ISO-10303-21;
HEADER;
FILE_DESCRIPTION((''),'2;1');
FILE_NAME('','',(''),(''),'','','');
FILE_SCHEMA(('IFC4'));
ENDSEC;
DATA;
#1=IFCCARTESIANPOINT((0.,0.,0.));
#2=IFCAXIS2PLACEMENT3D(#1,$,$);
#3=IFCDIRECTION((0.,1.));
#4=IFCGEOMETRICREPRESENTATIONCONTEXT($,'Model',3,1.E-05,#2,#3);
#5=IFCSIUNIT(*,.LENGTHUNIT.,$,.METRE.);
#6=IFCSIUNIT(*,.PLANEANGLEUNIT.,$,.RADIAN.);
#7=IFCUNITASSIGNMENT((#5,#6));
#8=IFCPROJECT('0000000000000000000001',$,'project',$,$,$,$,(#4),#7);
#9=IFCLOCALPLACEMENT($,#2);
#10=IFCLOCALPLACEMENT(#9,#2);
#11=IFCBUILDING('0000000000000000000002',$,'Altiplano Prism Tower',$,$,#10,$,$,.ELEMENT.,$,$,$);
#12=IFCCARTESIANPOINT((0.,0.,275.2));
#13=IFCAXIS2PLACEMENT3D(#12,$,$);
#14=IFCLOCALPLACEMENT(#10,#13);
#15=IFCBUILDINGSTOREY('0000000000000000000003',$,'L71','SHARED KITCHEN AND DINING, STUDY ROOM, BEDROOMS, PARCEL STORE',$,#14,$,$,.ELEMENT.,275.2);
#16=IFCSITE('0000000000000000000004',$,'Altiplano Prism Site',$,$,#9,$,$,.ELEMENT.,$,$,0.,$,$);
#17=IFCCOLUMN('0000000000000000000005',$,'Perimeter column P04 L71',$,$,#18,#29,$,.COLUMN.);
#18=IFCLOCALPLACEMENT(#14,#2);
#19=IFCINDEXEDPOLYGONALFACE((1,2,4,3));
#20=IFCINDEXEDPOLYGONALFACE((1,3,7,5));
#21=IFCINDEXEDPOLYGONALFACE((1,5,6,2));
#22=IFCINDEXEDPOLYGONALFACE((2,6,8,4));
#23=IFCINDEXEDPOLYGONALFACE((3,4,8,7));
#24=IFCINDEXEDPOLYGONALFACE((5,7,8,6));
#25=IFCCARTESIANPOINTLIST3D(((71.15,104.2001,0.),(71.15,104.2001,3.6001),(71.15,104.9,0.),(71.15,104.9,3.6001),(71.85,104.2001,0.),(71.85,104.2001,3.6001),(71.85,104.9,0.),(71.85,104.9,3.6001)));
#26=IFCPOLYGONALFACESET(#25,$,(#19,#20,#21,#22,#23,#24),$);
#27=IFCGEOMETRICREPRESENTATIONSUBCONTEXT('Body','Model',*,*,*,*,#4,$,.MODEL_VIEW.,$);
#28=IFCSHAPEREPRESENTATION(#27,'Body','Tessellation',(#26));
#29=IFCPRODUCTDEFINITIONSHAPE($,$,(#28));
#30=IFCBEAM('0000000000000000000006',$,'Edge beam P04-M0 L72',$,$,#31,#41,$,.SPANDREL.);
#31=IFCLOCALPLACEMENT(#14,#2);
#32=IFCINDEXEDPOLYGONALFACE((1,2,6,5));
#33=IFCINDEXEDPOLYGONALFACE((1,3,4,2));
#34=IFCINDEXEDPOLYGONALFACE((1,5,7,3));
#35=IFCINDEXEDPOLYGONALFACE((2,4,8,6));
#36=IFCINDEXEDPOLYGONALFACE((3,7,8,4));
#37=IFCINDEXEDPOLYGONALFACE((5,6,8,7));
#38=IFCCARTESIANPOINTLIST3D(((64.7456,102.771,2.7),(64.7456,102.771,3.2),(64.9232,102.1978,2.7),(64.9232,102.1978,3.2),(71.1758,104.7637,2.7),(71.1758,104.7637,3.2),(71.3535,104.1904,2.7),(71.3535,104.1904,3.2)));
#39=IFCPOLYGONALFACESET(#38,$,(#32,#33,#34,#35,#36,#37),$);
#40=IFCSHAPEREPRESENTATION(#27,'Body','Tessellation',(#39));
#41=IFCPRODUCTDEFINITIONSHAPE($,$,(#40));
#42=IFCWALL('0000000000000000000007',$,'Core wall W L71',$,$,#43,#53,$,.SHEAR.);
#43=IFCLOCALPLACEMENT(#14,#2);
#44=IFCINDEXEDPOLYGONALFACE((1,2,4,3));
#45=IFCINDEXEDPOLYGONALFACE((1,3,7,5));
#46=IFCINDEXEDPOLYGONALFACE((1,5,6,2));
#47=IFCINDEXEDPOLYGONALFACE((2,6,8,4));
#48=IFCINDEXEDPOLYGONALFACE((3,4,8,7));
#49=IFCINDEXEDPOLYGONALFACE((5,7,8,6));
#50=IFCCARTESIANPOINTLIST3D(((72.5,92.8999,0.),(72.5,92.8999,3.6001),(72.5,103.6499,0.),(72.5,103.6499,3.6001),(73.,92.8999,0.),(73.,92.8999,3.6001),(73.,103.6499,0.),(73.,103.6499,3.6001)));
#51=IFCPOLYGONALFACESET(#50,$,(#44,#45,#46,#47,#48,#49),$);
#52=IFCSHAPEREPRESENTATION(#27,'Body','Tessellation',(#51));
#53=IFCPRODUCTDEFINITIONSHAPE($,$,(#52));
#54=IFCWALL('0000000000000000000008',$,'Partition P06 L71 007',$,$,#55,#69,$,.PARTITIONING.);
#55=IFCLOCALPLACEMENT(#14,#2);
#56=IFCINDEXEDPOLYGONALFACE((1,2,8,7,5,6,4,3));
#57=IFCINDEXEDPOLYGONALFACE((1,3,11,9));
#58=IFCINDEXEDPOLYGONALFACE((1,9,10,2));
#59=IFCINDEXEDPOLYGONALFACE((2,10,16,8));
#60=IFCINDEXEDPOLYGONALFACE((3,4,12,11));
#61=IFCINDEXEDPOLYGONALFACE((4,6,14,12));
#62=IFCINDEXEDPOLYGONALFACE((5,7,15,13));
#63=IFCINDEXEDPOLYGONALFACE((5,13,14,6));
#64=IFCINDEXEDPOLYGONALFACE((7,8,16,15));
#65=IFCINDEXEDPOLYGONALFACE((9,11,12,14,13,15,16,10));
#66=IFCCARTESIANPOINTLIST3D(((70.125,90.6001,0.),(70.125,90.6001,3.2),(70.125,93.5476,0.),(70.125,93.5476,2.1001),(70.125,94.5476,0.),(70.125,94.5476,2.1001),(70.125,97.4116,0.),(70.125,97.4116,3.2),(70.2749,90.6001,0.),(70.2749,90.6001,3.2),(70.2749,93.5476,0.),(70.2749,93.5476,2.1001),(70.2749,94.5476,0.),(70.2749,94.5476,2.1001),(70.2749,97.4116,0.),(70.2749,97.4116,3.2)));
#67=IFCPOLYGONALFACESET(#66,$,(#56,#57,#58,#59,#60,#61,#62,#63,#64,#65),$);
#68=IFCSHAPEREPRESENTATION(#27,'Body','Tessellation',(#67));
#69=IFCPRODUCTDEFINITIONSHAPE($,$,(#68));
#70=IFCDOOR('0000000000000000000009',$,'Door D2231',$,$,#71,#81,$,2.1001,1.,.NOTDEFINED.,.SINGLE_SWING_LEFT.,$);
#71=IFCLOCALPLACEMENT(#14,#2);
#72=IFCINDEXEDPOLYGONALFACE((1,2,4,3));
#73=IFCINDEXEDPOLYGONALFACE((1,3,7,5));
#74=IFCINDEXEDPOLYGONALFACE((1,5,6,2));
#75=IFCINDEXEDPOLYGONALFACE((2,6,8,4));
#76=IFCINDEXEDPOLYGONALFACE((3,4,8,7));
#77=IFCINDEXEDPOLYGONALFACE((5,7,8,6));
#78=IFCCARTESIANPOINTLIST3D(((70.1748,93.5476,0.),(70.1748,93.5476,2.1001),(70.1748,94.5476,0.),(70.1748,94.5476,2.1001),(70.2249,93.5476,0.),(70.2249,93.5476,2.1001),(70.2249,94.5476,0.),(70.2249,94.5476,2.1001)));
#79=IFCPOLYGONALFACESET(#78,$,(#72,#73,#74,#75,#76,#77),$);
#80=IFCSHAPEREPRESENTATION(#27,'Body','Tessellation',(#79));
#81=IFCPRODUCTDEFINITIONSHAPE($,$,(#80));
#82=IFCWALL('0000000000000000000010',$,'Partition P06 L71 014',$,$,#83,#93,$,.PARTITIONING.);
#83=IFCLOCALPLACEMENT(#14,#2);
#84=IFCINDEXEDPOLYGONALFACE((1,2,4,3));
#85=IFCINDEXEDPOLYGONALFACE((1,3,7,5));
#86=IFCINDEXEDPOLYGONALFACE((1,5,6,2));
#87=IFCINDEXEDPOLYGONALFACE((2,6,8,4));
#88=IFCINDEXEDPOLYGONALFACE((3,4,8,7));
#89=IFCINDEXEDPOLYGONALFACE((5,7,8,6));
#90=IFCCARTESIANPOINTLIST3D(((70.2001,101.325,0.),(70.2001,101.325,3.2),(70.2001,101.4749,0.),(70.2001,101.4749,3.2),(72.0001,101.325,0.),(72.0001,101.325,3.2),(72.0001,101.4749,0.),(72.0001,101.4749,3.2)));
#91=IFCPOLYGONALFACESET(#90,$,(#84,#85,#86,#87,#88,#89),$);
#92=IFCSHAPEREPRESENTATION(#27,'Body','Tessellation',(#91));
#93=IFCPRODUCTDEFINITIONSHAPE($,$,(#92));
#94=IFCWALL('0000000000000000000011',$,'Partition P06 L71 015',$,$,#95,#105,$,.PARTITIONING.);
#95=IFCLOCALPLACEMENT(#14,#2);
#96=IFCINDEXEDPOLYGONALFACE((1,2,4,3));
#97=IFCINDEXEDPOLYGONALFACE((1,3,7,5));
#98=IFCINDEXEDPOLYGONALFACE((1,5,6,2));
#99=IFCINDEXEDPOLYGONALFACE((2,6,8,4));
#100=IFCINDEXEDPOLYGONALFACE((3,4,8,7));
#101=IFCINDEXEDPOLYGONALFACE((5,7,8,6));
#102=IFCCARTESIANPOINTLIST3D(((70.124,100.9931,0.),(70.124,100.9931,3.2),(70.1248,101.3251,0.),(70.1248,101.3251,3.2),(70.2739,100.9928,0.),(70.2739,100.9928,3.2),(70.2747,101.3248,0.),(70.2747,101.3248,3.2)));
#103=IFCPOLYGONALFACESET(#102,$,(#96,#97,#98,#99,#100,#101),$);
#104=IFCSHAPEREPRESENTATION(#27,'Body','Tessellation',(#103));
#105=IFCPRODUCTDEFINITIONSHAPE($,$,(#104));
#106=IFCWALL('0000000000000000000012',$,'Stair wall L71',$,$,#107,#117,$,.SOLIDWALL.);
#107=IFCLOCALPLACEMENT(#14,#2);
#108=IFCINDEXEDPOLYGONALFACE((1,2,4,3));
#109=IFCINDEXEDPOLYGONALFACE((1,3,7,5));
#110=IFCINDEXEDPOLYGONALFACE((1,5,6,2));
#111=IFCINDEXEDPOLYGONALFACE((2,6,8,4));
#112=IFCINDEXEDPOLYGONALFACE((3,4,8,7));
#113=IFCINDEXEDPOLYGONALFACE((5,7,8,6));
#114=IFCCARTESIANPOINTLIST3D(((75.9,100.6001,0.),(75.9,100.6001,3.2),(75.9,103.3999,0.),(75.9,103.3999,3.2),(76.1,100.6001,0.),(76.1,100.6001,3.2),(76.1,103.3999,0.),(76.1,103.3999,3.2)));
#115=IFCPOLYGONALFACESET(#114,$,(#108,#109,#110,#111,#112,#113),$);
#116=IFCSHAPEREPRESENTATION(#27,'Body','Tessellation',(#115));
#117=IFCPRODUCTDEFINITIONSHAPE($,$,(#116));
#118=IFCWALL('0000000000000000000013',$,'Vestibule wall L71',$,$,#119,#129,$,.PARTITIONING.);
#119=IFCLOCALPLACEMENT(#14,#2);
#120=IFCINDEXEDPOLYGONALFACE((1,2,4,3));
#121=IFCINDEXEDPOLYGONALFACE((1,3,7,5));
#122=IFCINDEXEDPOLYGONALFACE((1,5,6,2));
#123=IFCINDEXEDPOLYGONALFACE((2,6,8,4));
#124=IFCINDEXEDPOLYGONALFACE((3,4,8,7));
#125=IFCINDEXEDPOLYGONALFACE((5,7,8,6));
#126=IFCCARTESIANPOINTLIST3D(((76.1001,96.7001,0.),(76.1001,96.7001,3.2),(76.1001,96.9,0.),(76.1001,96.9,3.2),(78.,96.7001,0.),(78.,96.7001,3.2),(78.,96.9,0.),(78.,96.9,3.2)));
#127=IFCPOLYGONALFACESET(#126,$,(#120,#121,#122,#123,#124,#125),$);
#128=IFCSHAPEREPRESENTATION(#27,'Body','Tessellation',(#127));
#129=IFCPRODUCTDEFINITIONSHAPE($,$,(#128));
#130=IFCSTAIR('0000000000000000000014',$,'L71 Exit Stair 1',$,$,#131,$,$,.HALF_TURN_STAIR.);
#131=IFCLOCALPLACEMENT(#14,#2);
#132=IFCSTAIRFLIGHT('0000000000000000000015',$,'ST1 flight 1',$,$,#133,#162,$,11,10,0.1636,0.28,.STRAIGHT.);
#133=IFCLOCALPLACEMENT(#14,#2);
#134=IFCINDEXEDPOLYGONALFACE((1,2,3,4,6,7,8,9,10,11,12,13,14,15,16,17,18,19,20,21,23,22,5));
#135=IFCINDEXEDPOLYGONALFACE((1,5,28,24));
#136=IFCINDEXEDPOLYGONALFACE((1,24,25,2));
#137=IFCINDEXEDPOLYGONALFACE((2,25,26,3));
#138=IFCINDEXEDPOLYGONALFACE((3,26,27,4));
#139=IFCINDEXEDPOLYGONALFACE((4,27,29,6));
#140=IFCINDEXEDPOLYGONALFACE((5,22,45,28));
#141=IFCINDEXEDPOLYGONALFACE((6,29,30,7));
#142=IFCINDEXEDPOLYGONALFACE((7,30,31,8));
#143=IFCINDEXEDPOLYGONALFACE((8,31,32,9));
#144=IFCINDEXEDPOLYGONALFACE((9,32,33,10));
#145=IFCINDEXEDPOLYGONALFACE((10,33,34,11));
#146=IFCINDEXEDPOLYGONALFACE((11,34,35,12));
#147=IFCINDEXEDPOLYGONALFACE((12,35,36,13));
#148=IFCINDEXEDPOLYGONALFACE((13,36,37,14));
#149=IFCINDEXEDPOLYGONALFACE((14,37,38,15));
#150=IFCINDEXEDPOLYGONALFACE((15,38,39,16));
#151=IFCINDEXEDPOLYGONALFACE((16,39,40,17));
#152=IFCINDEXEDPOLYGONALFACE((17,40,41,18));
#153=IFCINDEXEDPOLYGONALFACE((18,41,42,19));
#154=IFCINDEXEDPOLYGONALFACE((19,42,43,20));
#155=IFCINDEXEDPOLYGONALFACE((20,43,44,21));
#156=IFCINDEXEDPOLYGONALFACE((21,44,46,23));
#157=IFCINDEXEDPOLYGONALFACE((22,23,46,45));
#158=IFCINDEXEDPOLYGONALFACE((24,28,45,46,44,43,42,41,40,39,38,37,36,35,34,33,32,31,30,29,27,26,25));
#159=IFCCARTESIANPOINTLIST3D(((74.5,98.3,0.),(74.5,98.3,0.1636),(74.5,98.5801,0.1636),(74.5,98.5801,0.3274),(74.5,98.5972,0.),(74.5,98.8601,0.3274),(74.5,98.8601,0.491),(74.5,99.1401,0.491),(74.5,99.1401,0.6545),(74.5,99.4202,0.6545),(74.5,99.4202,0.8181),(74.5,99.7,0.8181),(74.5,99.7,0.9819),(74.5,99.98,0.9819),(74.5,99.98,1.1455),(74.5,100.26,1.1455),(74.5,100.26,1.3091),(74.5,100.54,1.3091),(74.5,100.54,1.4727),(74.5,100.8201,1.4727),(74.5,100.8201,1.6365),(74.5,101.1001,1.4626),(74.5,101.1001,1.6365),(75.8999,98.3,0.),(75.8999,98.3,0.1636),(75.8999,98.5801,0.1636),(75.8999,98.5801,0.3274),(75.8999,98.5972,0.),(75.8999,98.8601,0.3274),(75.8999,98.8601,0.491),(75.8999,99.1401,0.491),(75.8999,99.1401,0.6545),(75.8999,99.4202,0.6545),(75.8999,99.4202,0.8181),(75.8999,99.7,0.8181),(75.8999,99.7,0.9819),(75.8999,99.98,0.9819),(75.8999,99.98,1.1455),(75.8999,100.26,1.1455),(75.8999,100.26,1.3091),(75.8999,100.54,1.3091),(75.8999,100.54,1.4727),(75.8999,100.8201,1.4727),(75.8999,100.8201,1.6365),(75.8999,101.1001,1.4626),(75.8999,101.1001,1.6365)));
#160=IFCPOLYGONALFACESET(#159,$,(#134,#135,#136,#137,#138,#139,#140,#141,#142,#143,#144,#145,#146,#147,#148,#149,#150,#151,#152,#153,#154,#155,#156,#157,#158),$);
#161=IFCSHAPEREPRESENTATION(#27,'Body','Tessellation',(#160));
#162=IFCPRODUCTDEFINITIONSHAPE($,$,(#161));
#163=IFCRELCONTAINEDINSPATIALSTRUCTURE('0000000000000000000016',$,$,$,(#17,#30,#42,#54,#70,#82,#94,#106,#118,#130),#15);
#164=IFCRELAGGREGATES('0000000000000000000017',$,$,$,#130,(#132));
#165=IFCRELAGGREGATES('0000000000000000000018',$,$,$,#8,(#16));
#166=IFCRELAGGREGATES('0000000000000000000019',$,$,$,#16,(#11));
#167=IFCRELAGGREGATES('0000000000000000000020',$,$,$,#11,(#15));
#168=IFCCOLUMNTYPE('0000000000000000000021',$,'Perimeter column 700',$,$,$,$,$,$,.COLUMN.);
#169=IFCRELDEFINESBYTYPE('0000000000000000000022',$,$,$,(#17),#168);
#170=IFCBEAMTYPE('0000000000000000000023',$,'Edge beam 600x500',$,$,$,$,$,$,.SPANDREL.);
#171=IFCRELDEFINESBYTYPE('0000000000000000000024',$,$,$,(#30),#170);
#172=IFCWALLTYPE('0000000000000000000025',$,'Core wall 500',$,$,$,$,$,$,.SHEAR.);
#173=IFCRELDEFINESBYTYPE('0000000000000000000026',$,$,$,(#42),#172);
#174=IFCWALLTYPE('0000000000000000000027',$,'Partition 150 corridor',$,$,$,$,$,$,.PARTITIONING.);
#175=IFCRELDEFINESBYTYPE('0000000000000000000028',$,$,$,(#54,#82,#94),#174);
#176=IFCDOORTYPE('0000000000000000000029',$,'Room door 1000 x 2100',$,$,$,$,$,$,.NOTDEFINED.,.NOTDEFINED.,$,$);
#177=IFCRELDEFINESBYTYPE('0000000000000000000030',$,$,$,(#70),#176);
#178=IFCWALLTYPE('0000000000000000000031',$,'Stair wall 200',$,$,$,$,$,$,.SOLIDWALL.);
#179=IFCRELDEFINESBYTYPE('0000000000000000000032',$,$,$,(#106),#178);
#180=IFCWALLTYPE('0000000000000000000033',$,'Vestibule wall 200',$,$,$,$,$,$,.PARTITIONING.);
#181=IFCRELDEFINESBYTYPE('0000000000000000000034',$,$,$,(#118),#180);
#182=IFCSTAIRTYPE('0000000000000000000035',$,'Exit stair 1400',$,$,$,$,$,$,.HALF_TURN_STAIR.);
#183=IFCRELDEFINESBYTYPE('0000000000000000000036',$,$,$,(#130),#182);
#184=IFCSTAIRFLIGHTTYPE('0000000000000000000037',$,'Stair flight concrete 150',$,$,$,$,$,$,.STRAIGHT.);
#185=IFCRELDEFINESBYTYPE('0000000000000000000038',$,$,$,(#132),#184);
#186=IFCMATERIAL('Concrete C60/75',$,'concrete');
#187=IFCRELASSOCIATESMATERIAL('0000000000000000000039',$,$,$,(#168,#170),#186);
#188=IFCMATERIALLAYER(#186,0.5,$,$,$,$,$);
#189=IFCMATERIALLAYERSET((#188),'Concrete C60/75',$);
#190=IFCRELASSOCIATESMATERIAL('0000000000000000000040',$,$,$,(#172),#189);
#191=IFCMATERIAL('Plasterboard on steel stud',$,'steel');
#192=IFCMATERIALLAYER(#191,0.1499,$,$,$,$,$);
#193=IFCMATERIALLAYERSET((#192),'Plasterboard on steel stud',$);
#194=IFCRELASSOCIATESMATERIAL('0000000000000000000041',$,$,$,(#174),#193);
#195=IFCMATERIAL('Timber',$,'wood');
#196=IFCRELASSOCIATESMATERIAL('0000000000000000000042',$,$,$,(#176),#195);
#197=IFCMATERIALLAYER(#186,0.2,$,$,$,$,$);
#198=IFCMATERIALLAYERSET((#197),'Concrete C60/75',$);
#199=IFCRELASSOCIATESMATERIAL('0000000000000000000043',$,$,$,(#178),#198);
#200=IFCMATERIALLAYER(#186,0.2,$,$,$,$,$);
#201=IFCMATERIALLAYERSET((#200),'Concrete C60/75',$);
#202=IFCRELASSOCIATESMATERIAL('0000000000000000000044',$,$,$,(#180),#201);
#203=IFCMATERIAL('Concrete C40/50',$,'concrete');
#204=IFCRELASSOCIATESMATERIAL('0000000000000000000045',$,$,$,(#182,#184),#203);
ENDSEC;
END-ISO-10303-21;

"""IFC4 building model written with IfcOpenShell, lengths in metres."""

from ifc_helpers import new_model, si_unit, direction, frame, frame_2d, origin, origin_2d, place, context, subcontext, project, spatial, polyline, rectangle, outline, extrude, material, layer, layer_set, material_profile, profile_set, type_object, element, fill, aggregate, save


model = new_model("IFC4")

# Units and contexts
model_context = context("Model", 3, precision=1e-05, world=origin(), true_north=direction((0.0, 1.0)))
body_context = subcontext(model_context, "Body", "Model", "MODEL_VIEW")
ifc_project = project(units=[si_unit("LENGTHUNIT", "METRE"), si_unit("PLANEANGLEUNIT", "RADIAN")], contexts=[model_context])

# Site, building, storey
site_placement = place(None, origin())
site = spatial("IfcSite", under=ifc_project, at=site_placement, Name="Altiplano Prism Site", CompositionType="ELEMENT", RefElevation=0.0)
building_placement = place(site_placement, origin())
building = spatial("IfcBuilding", under=site, at=building_placement, Name="Altiplano Prism Tower", CompositionType="ELEMENT")
storey_placement = place(building_placement, frame((0.0, 0.0, 275.2)))
storey = spatial("IfcBuildingStorey", under=building, at=storey_placement, Name="L71", Description="SHARED KITCHEN AND DINING, STUDY ROOM, BEDROOMS, PARCEL STORE", CompositionType="ELEMENT", Elevation=275.2)

# Column
ifc_material_1 = material(Name="Concrete C60/75", Category="concrete")
ifc_material_profile_1 = material_profile(ifc_material_1, rectangle(XDim=0.7, YDim=0.7, at=origin_2d()), Name="Perimeter column 700")
ifc_profile_set_1 = profile_set([ifc_material_profile_1], Name="Concrete C60/75")
column_type = type_object("IfcColumnType", Name="Perimeter column 700", PredefinedType="COLUMN", material=ifc_profile_set_1)
column_placement = place(storey_placement, frame((71.5, 104.55, 0.0), z_axis=(0.0, 0.0, 1.0), x_axis=(1.0, 0.0, 0.0)))
element("IfcColumn", 1, at=column_placement, inside=storey, type_object=column_type, Name="Perimeter column P04 L71", PredefinedType="COLUMN", context=body_context, shape_type="SweptSolid", body=[
    extrude(rectangle(XDim=0.7, YDim=0.7, at=origin_2d()), origin(), (0.0, 0.0, 1.0), 3.6001),
])

# Beam
ifc_material_profile_2 = material_profile(ifc_material_1, rectangle(XDim=0.6001, YDim=0.5, at=origin_2d()), Name="Edge beam 600x500")
ifc_profile_set_2 = profile_set([ifc_material_profile_2], Name="Concrete C60/75")
beam_type = type_object("IfcBeamType", Name="Edge beam 600x500", PredefinedType="SPANDREL", material=ifc_profile_set_2)
beam_placement = place(storey_placement, frame((71.2646, 104.4771, 2.95), z_axis=(-0.955186, -0.296007, 0.0), x_axis=(0.296007, -0.955186, 0.0)))
element("IfcBeam", 2, at=beam_placement, inside=storey, type_object=beam_type, Name="Edge beam P04-M0 L72", PredefinedType="SPANDREL", context=body_context, shape_type="SweptSolid", body=[
    extrude(rectangle(XDim=0.6001, YDim=0.5, at=origin_2d()), origin(), (0.0, 0.0, 1.0), 6.7319),
])

# Wall
ifc_layer_1 = layer(ifc_material_1, 0.5)
ifc_layer_set_1 = layer_set([ifc_layer_1], Name="Concrete C60/75")
wall_type_1 = type_object("IfcWallType", Name="Core wall 500", PredefinedType="SHEAR", material=ifc_layer_set_1)
wall_1_placement = place(storey_placement, frame((72.75, 103.6499, 0.0), z_axis=(0.0, 0.0, 1.0), x_axis=(0.0, -1.0, 0.0)))
element("IfcWall", 3, at=wall_1_placement, inside=storey, type_object=wall_type_1, Name="Core wall W L71", PredefinedType="SHEAR", context=body_context, shape_type="SweptSolid", body=[
    extrude(rectangle(XDim=10.75, YDim=0.5, at=frame_2d((5.375, 0.0))), origin(), (0.0, 0.0, 1.0), 3.6001),
])

# Wall, opening, door
ifc_material_2 = material(Name="Plasterboard on steel stud", Category="steel")
ifc_layer_2 = layer(ifc_material_2, 0.1499)
ifc_layer_set_2 = layer_set([ifc_layer_2], Name="Plasterboard on steel stud")
wall_type_2 = type_object("IfcWallType", Name="Partition 150 corridor", PredefinedType="PARTITIONING", material=ifc_layer_set_2)
wall_2_placement = place(storey_placement, frame((70.2, 97.4116, 0.0), z_axis=(0.0, 0.0, 1.0), x_axis=(0.0, -1.0, 0.0)))
wall_2 = element("IfcWall", 4, at=wall_2_placement, inside=storey, type_object=wall_type_2, Name="Partition P06 L71 007", PredefinedType="PARTITIONING", context=body_context, shape_type="SweptSolid", body=[
    extrude(rectangle(XDim=6.8115, YDim=0.1499, at=frame_2d((3.4058, 0.0))), origin(), (0.0, 0.0, 1.0), 3.2),
])
opening_1_placement = place(wall_2_placement, frame((2.864, 0.0, 0.0)))
opening_1 = element("IfcOpeningElement", 5, at=opening_1_placement, cuts=wall_2, PredefinedType="OPENING", context=body_context, shape_type="SweptSolid", body=[
    extrude(rectangle(XDim=1.0, YDim=2.1001, at=frame_2d((0.5, 1.05))), frame((0.0, 0.0854, 0.0), z_axis=(0.0, -1.0, 0.0), x_axis=(1.0, 0.0, 0.0)), (0.0, 0.0, 1.0), 0.1709),
])
ifc_material_3 = material(Name="Timber", Category="wood")
door_type_1 = type_object("IfcDoorType", Name="Room door 1000 x 2100", OperationType="NOTDEFINED", PredefinedType="NOTDEFINED", material=ifc_material_3)
door_1_placement = place(opening_1_placement, origin())
door_1 = element("IfcDoor", 6, at=door_1_placement, inside=storey, type_object=door_type_1, Name="Door D2231", OperationType="SINGLE_SWING_LEFT", OverallHeight=2.1001, OverallWidth=1.0, PredefinedType="NOTDEFINED", context=body_context, shape_type="SweptSolid", body=[
    extrude(rectangle(XDim=1.0, YDim=2.1001, at=frame_2d((0.5, 1.05))), frame((0.0, 0.0249, 0.0), z_axis=(0.0, -1.0, 0.0), x_axis=(1.0, 0.0, 0.0)), (0.0, 0.0, 1.0), 0.05),
])
fill(opening_1, door_1)

# Walls
wall_3_placement = place(storey_placement, frame((72.0, 101.3999, 0.0), z_axis=(0.0, 0.0, 1.0), x_axis=(-1.0, 0.0, 0.0)))
element("IfcWall", 7, at=wall_3_placement, inside=storey, type_object=wall_type_2, Name="Partition P06 L71 014", PredefinedType="PARTITIONING", context=body_context, shape_type="SweptSolid", body=[
    extrude(rectangle(XDim=1.8, YDim=0.1499, at=frame_2d((0.8999, 0.0))), origin(), (0.0, 0.0, 1.0), 3.2),
])
wall_4_placement = place(storey_placement, frame((70.1997, 101.325, 0.0), z_axis=(0.0, 0.0, 1.0), x_axis=(-0.002206, -0.999998, 0.0)))
element("IfcWall", 8, at=wall_4_placement, inside=storey, type_object=wall_type_2, Name="Partition P06 L71 015", PredefinedType="PARTITIONING", context=body_context, shape_type="SweptSolid", body=[
    extrude(rectangle(XDim=0.332, YDim=0.1499, at=frame_2d((0.166, 0.0))), origin(), (0.0, 0.0, 1.0), 3.2),
])

# Shared definitions
ifc_layer_3 = layer(ifc_material_1, 0.2)
ifc_layer_set_3 = layer_set([ifc_layer_3], Name="Concrete C60/75")
wall_type_3 = type_object("IfcWallType", Name="Stair wall 200", PredefinedType="SOLIDWALL", material=ifc_layer_set_3)

# Walls
wall_5_placement = place(storey_placement, frame((76.0, 100.6001, 0.0), z_axis=(0.0, 0.0, 1.0), x_axis=(0.0, 1.0, 0.0)))
element("IfcWall", 9, at=wall_5_placement, inside=storey, type_object=wall_type_3, Name="Stair wall L71", PredefinedType="SOLIDWALL", context=body_context, shape_type="SweptSolid", body=[
    extrude(rectangle(XDim=2.7998, YDim=0.2, at=frame_2d((1.3999, 0.0))), origin(), (0.0, 0.0, 1.0), 3.2),
])
ifc_layer_4 = layer(ifc_material_1, 0.2)
ifc_layer_set_4 = layer_set([ifc_layer_4], Name="Concrete C60/75")
wall_type_4 = type_object("IfcWallType", Name="Vestibule wall 200", PredefinedType="PARTITIONING", material=ifc_layer_set_4)
wall_6_placement = place(storey_placement, frame((76.1001, 96.8, 0.0), z_axis=(0.0, 0.0, 1.0), x_axis=(1.0, 0.0, 0.0)))
element("IfcWall", 10, at=wall_6_placement, inside=storey, type_object=wall_type_4, Name="Vestibule wall L71", PredefinedType="PARTITIONING", context=body_context, shape_type="SweptSolid", body=[
    extrude(rectangle(XDim=1.8999, YDim=0.2, at=frame_2d((0.95, 0.0))), origin(), (0.0, 0.0, 1.0), 3.2),
])

# Stair, stair flight
ifc_material_4 = material(Name="Concrete C40/50", Category="concrete")
stair_type = type_object("IfcStairType", Name="Exit stair 1400", PredefinedType="HALF_TURN_STAIR", material=ifc_material_4)
stair_placement = place(storey_placement, origin())
stair = element("IfcStair", 11, at=stair_placement, inside=storey, type_object=stair_type, Name="L71 Exit Stair 1", PredefinedType="HALF_TURN_STAIR")
stair_flight_type = type_object("IfcStairFlightType", Name="Stair flight concrete 150", PredefinedType="STRAIGHT", material=ifc_material_4)
stair_flight_1_placement = place(storey_placement, frame((75.2, 98.3, 0.0), z_axis=(0.0, 0.0, 1.0), x_axis=(0.0, 1.0, 0.0)))
stair_flight_1 = element("IfcStairFlight", 12, at=stair_flight_1_placement, type_object=stair_flight_type, Name="ST1 flight 1", NumberOfRisers=11, NumberOfTreads=10, PredefinedType="STRAIGHT", RiserHeight=0.1636, TreadLength=0.28, context=body_context, shape_type="SweptSolid", body=[
    extrude(outline(polyline([(0.0, 0.0), (0.0, 0.1636), (0.28, 0.1636), (0.28, 0.3274), (0.5601, 0.3274), (0.5601, 0.491), (0.8401, 0.491), (0.8401, 0.6545), (1.1201, 0.6545), (1.1201, 0.8181), (1.3999, 0.8181), (1.3999, 0.9819), (1.6799, 0.9819), (1.6799, 1.1455), (1.96, 1.1455), (1.96, 1.3091), (2.24, 1.3091), (2.24, 1.4727), (2.52, 1.4727), (2.52, 1.6365), (2.8, 1.6365), (2.8, 1.8), (2.8, 1.4626), (0.2971, 0.0), (0.0, 0.0)])), frame((0.0, 0.7, 0.0), z_axis=(0.0, -1.0, 0.0), x_axis=(1.0, 0.0, 0.0)), (0.0, 0.0, 1.0), 1.3999),
])
aggregate(stair, [stair_flight_1])

save(model, "model.ifc")
